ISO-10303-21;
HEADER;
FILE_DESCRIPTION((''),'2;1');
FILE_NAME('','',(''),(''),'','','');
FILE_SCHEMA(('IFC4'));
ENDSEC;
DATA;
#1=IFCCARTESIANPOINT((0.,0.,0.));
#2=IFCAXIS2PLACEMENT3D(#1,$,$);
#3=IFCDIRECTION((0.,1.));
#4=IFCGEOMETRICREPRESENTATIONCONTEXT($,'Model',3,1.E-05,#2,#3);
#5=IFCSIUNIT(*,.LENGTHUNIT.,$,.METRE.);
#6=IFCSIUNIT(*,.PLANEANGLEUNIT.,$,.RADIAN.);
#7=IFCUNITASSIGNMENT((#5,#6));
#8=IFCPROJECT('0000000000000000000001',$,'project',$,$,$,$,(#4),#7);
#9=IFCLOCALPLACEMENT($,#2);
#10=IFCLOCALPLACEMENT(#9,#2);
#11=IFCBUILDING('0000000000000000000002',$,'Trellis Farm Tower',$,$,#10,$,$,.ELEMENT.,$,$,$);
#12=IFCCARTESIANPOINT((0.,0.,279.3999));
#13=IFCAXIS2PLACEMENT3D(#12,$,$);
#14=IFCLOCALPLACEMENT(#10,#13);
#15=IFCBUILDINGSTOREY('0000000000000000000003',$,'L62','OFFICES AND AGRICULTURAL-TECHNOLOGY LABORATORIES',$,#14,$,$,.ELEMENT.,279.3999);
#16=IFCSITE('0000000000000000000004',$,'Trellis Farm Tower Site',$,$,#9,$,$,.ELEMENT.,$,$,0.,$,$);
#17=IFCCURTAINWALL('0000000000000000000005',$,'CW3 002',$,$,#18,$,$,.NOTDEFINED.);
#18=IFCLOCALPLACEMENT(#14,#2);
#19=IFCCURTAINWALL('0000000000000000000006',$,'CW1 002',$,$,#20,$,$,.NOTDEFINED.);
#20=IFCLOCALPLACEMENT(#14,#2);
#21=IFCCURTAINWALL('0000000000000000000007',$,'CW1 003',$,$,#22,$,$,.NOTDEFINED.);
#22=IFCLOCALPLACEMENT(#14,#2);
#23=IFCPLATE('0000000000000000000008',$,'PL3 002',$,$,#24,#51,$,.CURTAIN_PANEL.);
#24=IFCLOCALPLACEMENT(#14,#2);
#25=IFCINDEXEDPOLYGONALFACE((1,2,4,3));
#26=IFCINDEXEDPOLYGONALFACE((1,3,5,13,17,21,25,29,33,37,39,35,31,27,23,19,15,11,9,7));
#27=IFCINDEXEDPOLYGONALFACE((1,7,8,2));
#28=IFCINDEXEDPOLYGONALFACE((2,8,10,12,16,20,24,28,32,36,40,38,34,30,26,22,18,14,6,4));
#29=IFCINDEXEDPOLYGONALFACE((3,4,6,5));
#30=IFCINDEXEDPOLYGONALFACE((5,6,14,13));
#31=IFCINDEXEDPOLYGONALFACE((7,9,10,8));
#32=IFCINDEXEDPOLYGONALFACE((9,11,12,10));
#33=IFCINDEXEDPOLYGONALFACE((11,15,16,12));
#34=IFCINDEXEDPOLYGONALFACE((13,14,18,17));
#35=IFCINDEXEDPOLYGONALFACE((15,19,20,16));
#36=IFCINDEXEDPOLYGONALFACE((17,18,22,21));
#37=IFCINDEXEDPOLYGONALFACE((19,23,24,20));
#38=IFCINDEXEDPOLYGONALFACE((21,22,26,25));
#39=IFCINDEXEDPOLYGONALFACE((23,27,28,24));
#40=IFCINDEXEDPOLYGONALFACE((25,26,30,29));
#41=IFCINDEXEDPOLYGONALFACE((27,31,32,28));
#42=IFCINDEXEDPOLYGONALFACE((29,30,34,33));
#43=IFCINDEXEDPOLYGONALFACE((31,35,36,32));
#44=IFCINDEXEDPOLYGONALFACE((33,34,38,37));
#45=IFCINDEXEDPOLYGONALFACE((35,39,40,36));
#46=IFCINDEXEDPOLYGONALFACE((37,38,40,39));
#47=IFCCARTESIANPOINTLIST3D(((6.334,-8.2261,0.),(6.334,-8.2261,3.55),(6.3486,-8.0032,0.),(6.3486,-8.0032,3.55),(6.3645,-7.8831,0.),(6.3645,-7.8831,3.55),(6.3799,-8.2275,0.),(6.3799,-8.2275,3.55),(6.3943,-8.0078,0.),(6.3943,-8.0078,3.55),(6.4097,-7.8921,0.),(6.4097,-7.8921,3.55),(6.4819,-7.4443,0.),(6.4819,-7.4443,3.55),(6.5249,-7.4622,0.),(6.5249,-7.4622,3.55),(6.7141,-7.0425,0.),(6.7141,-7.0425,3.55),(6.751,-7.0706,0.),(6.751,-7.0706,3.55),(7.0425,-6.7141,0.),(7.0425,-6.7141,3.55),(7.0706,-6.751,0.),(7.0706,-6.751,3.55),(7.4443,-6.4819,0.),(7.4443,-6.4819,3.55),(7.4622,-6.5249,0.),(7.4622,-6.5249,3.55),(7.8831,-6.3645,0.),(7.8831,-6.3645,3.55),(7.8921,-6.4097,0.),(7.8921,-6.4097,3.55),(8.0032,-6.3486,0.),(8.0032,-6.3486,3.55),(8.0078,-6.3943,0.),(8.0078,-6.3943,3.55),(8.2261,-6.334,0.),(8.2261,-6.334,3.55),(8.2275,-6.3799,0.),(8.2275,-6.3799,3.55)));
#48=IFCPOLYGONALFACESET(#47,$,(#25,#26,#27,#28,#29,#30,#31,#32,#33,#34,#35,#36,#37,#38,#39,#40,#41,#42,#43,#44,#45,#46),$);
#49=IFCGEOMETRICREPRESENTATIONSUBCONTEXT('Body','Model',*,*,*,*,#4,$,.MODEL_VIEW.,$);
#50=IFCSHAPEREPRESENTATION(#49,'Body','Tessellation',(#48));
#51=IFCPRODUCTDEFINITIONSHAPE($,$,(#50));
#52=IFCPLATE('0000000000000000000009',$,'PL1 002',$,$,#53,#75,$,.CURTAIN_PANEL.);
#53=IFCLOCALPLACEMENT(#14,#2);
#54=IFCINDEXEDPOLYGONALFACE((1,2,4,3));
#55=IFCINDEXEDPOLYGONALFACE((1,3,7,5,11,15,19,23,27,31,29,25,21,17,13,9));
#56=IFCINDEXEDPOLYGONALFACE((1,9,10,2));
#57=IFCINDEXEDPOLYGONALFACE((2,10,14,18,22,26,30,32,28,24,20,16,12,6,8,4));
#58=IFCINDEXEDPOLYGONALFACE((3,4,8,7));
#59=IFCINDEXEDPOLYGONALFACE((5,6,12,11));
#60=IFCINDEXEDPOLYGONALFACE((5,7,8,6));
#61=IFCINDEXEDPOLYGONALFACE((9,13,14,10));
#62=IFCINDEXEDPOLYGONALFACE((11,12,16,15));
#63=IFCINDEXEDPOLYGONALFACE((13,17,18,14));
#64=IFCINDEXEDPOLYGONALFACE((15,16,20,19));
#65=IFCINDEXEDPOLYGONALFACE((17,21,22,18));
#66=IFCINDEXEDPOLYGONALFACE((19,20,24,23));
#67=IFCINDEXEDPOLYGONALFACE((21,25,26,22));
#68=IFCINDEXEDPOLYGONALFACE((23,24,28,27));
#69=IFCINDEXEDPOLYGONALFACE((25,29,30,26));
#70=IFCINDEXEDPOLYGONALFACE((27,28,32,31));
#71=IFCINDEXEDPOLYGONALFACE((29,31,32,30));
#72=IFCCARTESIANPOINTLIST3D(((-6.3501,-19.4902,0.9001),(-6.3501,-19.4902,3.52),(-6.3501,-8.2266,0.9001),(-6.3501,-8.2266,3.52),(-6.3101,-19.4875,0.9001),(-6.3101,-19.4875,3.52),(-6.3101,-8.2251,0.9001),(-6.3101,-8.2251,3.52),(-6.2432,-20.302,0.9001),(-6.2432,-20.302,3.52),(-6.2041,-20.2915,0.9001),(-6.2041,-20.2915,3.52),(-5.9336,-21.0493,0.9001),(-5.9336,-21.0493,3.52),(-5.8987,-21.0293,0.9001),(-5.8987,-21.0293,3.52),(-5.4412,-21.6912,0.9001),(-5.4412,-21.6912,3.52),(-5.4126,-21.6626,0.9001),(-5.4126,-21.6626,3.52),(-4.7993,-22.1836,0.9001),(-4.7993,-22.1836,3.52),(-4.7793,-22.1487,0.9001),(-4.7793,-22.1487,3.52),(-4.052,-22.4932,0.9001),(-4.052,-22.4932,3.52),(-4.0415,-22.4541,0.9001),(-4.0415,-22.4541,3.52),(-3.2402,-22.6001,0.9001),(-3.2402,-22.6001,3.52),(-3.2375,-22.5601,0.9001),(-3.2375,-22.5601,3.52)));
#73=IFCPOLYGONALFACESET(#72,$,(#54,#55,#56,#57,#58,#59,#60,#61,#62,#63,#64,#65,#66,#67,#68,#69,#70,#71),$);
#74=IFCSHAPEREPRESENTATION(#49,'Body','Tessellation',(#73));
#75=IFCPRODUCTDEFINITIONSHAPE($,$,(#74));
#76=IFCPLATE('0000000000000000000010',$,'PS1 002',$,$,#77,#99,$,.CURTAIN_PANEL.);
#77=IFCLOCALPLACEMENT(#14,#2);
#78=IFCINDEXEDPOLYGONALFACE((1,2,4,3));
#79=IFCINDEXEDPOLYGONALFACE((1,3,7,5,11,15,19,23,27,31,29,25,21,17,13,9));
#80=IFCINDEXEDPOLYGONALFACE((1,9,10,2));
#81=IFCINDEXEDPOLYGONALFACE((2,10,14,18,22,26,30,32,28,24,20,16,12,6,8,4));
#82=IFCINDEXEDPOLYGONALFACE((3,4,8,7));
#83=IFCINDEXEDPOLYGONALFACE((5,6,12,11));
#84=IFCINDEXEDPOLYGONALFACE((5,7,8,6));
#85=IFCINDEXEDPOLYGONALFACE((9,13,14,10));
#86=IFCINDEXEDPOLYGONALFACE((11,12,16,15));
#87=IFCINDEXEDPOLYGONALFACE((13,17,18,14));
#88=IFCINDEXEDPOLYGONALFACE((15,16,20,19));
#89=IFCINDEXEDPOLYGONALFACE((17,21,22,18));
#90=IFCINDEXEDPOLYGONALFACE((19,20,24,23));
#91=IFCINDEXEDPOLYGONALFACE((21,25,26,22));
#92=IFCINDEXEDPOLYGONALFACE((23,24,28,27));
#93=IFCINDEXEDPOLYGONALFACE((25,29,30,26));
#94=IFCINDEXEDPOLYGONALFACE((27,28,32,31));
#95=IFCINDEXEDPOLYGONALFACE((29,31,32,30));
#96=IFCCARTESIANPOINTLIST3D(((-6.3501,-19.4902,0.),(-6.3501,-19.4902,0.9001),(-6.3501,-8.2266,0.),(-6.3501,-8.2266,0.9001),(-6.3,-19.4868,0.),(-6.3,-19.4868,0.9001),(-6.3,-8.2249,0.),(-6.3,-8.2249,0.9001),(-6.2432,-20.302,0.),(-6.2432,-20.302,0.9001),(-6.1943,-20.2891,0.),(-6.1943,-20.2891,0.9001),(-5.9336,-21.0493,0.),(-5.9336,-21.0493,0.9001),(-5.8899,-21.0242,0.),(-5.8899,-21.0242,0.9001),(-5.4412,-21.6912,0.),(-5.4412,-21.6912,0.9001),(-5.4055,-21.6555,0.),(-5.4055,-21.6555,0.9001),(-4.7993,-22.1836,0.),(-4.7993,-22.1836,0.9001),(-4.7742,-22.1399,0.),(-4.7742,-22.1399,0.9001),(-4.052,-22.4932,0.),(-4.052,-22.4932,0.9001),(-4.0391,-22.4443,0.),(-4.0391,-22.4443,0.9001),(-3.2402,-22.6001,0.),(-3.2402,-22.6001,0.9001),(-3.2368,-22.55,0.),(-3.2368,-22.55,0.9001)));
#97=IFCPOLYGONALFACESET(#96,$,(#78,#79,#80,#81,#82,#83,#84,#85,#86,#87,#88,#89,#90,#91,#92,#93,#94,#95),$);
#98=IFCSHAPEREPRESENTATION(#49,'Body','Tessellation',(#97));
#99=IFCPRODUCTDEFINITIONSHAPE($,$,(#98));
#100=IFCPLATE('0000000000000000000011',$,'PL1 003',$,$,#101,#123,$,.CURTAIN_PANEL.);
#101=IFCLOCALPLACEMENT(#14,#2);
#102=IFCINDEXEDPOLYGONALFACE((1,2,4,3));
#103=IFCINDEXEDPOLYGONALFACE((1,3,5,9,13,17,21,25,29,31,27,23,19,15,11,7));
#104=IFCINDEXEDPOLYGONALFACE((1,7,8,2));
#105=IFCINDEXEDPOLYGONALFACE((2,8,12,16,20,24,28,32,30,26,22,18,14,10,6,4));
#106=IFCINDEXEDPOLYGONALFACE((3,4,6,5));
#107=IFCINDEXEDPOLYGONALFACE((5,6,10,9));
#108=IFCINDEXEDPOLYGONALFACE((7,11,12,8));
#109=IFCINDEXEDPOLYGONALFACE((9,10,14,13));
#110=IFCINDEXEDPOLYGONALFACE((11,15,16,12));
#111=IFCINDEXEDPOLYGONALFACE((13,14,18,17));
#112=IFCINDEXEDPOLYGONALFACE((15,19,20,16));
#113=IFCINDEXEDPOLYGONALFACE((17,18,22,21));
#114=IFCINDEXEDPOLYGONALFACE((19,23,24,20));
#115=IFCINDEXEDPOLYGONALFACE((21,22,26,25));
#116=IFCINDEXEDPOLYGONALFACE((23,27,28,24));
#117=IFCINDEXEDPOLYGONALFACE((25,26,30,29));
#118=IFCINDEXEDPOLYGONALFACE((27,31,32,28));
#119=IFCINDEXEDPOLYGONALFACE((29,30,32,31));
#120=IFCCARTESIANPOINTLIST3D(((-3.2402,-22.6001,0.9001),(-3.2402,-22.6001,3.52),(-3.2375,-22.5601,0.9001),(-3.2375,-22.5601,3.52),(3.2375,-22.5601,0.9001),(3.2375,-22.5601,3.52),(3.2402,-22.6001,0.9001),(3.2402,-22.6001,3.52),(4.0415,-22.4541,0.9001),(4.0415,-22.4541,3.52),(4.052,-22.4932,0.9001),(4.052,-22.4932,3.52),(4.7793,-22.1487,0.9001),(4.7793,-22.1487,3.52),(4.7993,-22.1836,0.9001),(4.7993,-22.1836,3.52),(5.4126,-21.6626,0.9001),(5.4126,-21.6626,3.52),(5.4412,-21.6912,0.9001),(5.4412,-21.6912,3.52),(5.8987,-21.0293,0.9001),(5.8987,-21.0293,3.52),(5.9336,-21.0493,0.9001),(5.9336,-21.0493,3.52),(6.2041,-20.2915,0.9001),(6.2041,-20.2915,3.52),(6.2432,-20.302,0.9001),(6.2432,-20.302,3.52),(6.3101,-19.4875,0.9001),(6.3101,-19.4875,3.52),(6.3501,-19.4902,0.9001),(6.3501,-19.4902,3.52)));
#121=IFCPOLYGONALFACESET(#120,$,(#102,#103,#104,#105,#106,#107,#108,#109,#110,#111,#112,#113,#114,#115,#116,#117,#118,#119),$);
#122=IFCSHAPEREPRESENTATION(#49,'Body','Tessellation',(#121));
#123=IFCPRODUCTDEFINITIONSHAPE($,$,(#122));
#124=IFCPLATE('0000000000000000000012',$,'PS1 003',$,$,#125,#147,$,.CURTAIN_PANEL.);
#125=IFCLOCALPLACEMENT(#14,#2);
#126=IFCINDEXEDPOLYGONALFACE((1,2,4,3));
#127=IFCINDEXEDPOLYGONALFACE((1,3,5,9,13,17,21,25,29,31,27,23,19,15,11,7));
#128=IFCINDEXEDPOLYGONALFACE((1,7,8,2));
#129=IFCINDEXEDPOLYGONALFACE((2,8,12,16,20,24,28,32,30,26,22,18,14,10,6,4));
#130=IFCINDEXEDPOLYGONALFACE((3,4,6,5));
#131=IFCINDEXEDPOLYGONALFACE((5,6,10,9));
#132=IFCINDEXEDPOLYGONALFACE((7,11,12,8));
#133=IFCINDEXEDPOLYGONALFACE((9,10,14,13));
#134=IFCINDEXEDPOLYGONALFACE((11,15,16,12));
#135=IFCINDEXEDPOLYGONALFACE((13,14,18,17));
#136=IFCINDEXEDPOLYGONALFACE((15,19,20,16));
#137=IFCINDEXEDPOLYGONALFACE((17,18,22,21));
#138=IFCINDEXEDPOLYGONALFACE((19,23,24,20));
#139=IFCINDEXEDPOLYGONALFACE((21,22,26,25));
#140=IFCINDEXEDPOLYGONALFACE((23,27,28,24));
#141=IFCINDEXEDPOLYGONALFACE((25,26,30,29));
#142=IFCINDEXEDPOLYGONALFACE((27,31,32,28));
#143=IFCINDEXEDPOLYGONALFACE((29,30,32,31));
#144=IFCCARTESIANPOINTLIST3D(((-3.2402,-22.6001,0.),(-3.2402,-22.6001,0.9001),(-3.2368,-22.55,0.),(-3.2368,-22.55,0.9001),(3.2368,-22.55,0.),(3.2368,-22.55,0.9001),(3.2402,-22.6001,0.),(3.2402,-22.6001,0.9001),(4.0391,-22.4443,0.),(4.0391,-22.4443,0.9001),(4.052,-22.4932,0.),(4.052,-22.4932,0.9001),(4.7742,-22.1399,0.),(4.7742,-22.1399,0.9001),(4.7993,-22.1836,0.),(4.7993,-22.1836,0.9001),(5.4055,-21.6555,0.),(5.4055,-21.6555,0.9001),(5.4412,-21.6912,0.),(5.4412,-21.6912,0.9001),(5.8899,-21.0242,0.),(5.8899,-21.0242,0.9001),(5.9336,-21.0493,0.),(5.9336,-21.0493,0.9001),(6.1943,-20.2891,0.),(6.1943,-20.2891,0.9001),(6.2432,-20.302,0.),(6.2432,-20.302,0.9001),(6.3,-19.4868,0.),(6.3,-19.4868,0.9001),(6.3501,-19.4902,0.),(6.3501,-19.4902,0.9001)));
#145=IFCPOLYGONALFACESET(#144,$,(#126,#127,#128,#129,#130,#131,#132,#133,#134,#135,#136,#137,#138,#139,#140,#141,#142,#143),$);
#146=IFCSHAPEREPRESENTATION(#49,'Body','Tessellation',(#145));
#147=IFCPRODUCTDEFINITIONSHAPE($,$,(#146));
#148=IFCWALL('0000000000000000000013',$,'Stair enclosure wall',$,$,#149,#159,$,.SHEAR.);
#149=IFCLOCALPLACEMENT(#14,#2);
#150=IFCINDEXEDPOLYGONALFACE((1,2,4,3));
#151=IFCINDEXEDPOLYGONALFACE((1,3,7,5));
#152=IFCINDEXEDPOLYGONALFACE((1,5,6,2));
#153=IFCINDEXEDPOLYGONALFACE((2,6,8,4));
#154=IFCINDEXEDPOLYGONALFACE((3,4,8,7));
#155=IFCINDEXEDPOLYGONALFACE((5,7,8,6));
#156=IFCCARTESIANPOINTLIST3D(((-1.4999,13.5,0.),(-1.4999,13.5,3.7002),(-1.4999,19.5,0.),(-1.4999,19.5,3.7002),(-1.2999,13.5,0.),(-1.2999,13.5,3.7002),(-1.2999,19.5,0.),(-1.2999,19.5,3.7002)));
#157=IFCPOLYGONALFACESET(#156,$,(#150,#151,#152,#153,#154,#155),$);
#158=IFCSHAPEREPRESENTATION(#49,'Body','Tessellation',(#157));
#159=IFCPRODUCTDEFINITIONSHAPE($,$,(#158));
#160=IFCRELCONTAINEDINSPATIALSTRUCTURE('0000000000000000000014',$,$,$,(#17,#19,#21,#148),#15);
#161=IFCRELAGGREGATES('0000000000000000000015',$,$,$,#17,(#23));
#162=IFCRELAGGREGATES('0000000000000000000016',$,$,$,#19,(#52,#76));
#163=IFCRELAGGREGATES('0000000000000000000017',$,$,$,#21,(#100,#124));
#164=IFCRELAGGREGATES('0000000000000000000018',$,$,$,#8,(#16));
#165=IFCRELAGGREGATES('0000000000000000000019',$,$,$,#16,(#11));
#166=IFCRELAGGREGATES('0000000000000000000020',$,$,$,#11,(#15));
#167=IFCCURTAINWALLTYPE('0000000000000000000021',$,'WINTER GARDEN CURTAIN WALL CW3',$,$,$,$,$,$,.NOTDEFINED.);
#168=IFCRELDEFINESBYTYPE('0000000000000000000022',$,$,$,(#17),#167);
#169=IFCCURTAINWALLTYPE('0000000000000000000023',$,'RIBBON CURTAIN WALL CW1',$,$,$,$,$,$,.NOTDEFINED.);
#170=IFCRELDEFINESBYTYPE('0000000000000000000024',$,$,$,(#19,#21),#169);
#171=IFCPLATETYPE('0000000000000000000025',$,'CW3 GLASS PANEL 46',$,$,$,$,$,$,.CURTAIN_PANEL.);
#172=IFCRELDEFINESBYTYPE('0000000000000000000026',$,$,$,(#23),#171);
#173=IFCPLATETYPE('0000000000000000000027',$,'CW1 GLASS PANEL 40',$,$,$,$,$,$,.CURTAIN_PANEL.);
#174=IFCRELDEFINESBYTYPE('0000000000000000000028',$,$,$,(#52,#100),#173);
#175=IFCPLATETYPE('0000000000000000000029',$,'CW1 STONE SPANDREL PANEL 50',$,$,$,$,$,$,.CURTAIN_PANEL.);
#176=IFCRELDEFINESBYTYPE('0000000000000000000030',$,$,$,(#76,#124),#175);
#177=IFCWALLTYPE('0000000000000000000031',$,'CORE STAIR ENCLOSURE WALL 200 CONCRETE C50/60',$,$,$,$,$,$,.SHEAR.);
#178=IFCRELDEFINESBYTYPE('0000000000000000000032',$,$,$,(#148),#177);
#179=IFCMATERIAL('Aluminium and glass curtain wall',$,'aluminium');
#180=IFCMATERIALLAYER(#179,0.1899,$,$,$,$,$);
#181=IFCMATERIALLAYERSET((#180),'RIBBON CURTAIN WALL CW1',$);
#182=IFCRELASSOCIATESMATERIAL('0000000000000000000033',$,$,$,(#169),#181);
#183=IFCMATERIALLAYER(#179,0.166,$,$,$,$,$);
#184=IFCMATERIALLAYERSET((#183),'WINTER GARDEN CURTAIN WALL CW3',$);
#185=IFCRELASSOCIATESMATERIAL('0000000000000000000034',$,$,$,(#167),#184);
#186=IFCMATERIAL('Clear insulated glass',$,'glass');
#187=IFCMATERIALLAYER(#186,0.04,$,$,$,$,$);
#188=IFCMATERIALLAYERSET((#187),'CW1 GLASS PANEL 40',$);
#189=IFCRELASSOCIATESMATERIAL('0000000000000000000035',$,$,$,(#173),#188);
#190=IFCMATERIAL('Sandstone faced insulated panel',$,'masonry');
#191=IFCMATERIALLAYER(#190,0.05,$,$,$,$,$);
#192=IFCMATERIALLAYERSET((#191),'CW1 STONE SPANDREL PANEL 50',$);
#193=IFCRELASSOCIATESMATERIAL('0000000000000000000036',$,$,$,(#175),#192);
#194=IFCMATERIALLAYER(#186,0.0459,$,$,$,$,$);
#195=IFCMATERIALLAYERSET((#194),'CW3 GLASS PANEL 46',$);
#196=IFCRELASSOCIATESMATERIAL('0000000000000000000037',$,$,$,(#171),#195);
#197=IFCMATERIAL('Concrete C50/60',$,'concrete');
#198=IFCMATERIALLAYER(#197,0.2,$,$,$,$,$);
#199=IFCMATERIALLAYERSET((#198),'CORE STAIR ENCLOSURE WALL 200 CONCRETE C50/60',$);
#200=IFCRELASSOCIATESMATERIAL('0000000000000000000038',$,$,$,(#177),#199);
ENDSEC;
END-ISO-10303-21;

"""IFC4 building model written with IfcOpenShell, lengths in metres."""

from ifc_helpers import new_model, si_unit, direction, frame, frame_2d, origin, place, context, subcontext, project, spatial, polyline, rectangle, outline, extrude, source, transform, mapped, material, layer, layer_set, type_object, element, aggregate, save


model = new_model("IFC4")

# Units and contexts
model_context = context("Model", 3, precision=1e-05, world=origin(), true_north=direction((0.0, 1.0)))
body_context = subcontext(model_context, "Body", "Model", "MODEL_VIEW")
ifc_project = project(units=[si_unit("LENGTHUNIT", "METRE"), si_unit("PLANEANGLEUNIT", "RADIAN")], contexts=[model_context])

# Site, building, storey
site_placement = place(None, origin())
site = spatial("IfcSite", under=ifc_project, at=site_placement, Name="Trellis Farm Tower Site", CompositionType="ELEMENT", RefElevation=0.0)
building_placement = place(site_placement, origin())
building = spatial("IfcBuilding", under=site, at=building_placement, Name="Trellis Farm Tower", CompositionType="ELEMENT")
storey_placement = place(building_placement, frame((0.0, 0.0, 279.3999)))
storey = spatial("IfcBuildingStorey", under=building, at=storey_placement, Name="L62", Description="OFFICES AND AGRICULTURAL-TECHNOLOGY LABORATORIES", CompositionType="ELEMENT", Elevation=279.3999)

# Shared definitions
ifc_material_1 = material(Name="Aluminium and glass curtain wall", Category="aluminium")
ifc_layer_1 = layer(ifc_material_1, 0.1899)
ifc_layer_set_1 = layer_set([ifc_layer_1], Name="RIBBON CURTAIN WALL CW1")
curtain_wall_type_1 = type_object("IfcCurtainWallType", Name="RIBBON CURTAIN WALL CW1", PredefinedType="NOTDEFINED", material=ifc_layer_set_1)
placement_1 = place(storey_placement, origin())

# Curtain walls
ifc_layer_2 = layer(ifc_material_1, 0.166)
ifc_layer_set_2 = layer_set([ifc_layer_2], Name="WINTER GARDEN CURTAIN WALL CW3")
curtain_wall_type_2 = type_object("IfcCurtainWallType", Name="WINTER GARDEN CURTAIN WALL CW3", PredefinedType="NOTDEFINED", material=ifc_layer_set_2)
curtain_wall_1 = element("IfcCurtainWall", 1, at=placement_1, inside=storey, type_object=curtain_wall_type_2, Name="CW3 002", PredefinedType="NOTDEFINED")
curtain_wall_2 = element("IfcCurtainWall", 2, at=placement_1, inside=storey, type_object=curtain_wall_type_1, Name="CW1 002", PredefinedType="NOTDEFINED")
curtain_wall_3 = element("IfcCurtainWall", 3, at=placement_1, inside=storey, type_object=curtain_wall_type_1, Name="CW1 003", PredefinedType="NOTDEFINED")

# Plates
ifc_material_2 = material(Name="Clear insulated glass", Category="glass")
ifc_layer_3 = layer(ifc_material_2, 0.04)
ifc_layer_set_3 = layer_set([ifc_layer_3], Name="CW1 GLASS PANEL 40")
plate_type_1 = type_object("IfcPlateType", Name="CW1 GLASS PANEL 40", PredefinedType="CURTAIN_PANEL", material=ifc_layer_set_3)
placement_2 = place(storey_placement, frame((0.0, 0.0, 0.9001)))
ifc_material_3 = material(Name="Sandstone faced insulated panel", Category="masonry")
ifc_layer_4 = layer(ifc_material_3, 0.05)
ifc_layer_set_4 = layer_set([ifc_layer_4], Name="CW1 STONE SPANDREL PANEL 50")
plate_type_2 = type_object("IfcPlateType", Name="CW1 STONE SPANDREL PANEL 50", PredefinedType="CURTAIN_PANEL", material=ifc_layer_set_4)
ifc_layer_5 = layer(ifc_material_2, 0.0459)
ifc_layer_set_5 = layer_set([ifc_layer_5], Name="CW3 GLASS PANEL 46")
plate_type_3 = type_object("IfcPlateType", Name="CW3 GLASS PANEL 46", PredefinedType="CURTAIN_PANEL", material=ifc_layer_set_5)
shared_shape_1 = source(origin(), body_context, "Body", "SweptSolid", [
    extrude(outline(polyline([(6.3799, -8.2275), (6.3943, -8.0078), (6.4097, -7.8921), (6.5249, -7.4622), (6.751, -7.0706), (7.0706, -6.751), (7.4622, -6.5249), (7.8921, -6.4097), (8.0078, -6.3943), (8.2275, -6.3799), (8.2261, -6.334), (8.0032, -6.3486), (7.8831, -6.3645), (7.4443, -6.4819), (7.0425, -6.7141), (6.7141, -7.0425), (6.4819, -7.4443), (6.3645, -7.8831), (6.3486, -8.0032), (6.334, -8.2261), (6.3799, -8.2275)])), origin(), (0.0, 0.0, 1.0), 3.55),
])
plate_1 = element("IfcPlate", 4, at=placement_1, type_object=plate_type_3, Name="PL3 002", PredefinedType="CURTAIN_PANEL", context=body_context, shape_type="MappedRepresentation", body=[
    mapped(shared_shape_1, transform((0.0, 0.0, 0.0))),
])
aggregate(curtain_wall_1, [plate_1])
shared_shape_2 = source(origin(), body_context, "Body", "SweptSolid", [
    extrude(outline(polyline([(-6.3501, -8.2266), (-6.3501, -19.4902), (-6.2432, -20.302), (-5.9336, -21.0493), (-5.4412, -21.6912), (-4.7993, -22.1836), (-4.052, -22.4932), (-3.2402, -22.6001), (-3.2375, -22.5601), (-4.0415, -22.4541), (-4.7793, -22.1487), (-5.4126, -21.6626), (-5.8987, -21.0293), (-6.2041, -20.2915), (-6.3101, -19.4875), (-6.3101, -8.2251), (-6.3501, -8.2266)])), origin(), (0.0, 0.0, 1.0), 2.6199),
])
plate_2 = element("IfcPlate", 5, at=placement_2, type_object=plate_type_1, Name="PL1 002", PredefinedType="CURTAIN_PANEL", context=body_context, shape_type="MappedRepresentation", body=[
    mapped(shared_shape_2, transform((0.0, 0.0, 0.0))),
])
shared_shape_3 = source(origin(), body_context, "Body", "SweptSolid", [
    extrude(outline(polyline([(-6.3501, -8.2266), (-6.3501, -19.4902), (-6.2432, -20.302), (-5.9336, -21.0493), (-5.4412, -21.6912), (-4.7993, -22.1836), (-4.052, -22.4932), (-3.2402, -22.6001), (-3.2368, -22.55), (-4.0391, -22.4443), (-4.7742, -22.1399), (-5.4055, -21.6555), (-5.8899, -21.0242), (-6.1943, -20.2891), (-6.3, -19.4868), (-6.3, -8.2249), (-6.3501, -8.2266)])), origin(), (0.0, 0.0, 1.0), 0.9001),
])
plate_3 = element("IfcPlate", 6, at=placement_1, type_object=plate_type_2, Name="PS1 002", PredefinedType="CURTAIN_PANEL", context=body_context, shape_type="MappedRepresentation", body=[
    mapped(shared_shape_3, transform((0.0, 0.0, 0.0))),
])
aggregate(curtain_wall_2, [plate_2, plate_3])
shared_shape_4 = source(origin(), body_context, "Body", "SweptSolid", [
    extrude(outline(polyline([(-3.2402, -22.6001), (3.2402, -22.6001), (4.052, -22.4932), (4.7993, -22.1836), (5.4412, -21.6912), (5.9336, -21.0493), (6.2432, -20.302), (6.3501, -19.4902), (6.3101, -19.4875), (6.2041, -20.2915), (5.8987, -21.0293), (5.4126, -21.6626), (4.7793, -22.1487), (4.0415, -22.4541), (3.2375, -22.5601), (-3.2375, -22.5601), (-3.2402, -22.6001)])), origin(), (0.0, 0.0, 1.0), 2.6199),
])
plate_4 = element("IfcPlate", 7, at=placement_2, type_object=plate_type_1, Name="PL1 003", PredefinedType="CURTAIN_PANEL", context=body_context, shape_type="MappedRepresentation", body=[
    mapped(shared_shape_4, transform((0.0, 0.0, 0.0))),
])
shared_shape_5 = source(origin(), body_context, "Body", "SweptSolid", [
    extrude(outline(polyline([(-3.2402, -22.6001), (3.2402, -22.6001), (4.052, -22.4932), (4.7993, -22.1836), (5.4412, -21.6912), (5.9336, -21.0493), (6.2432, -20.302), (6.3501, -19.4902), (6.3, -19.4868), (6.1943, -20.2891), (5.8899, -21.0242), (5.4055, -21.6555), (4.7742, -22.1399), (4.0391, -22.4443), (3.2368, -22.55), (-3.2368, -22.55), (-3.2402, -22.6001)])), origin(), (0.0, 0.0, 1.0), 0.9001),
])
plate_5 = element("IfcPlate", 8, at=placement_1, type_object=plate_type_2, Name="PS1 003", PredefinedType="CURTAIN_PANEL", context=body_context, shape_type="MappedRepresentation", body=[
    mapped(shared_shape_5, transform((0.0, 0.0, 0.0))),
])
aggregate(curtain_wall_3, [plate_4, plate_5])

# Wall
ifc_material_4 = material(Name="Concrete C50/60", Category="concrete")
ifc_layer_6 = layer(ifc_material_4, 0.2)
ifc_layer_set_6 = layer_set([ifc_layer_6], Name="CORE STAIR ENCLOSURE WALL 200 CONCRETE C50/60")
wall_type_1 = type_object("IfcWallType", Name="CORE STAIR ENCLOSURE WALL 200 CONCRETE C50/60", PredefinedType="SHEAR", material=ifc_layer_set_6)
shared_shape_6 = source(origin(), body_context, "Body", "SweptSolid", [
    extrude(rectangle(XDim=6.0, YDim=0.2, at=frame_2d((3.0, 0.0))), origin(), (0.0, 0.0, 1.0), 3.7002),
])
wall_1_placement = place(storey_placement, frame((-1.3999, 13.5, 0.0), z_axis=(0.0, 0.0, 1.0), x_axis=(0.0, 1.0, 0.0)))
element("IfcWall", 9, at=wall_1_placement, inside=storey, type_object=wall_type_1, Name="Stair enclosure wall", PredefinedType="SHEAR", context=body_context, shape_type="MappedRepresentation", body=[
    mapped(shared_shape_6, transform((0.0, 0.0, 0.0))),
])

save(model, "model.ifc")
